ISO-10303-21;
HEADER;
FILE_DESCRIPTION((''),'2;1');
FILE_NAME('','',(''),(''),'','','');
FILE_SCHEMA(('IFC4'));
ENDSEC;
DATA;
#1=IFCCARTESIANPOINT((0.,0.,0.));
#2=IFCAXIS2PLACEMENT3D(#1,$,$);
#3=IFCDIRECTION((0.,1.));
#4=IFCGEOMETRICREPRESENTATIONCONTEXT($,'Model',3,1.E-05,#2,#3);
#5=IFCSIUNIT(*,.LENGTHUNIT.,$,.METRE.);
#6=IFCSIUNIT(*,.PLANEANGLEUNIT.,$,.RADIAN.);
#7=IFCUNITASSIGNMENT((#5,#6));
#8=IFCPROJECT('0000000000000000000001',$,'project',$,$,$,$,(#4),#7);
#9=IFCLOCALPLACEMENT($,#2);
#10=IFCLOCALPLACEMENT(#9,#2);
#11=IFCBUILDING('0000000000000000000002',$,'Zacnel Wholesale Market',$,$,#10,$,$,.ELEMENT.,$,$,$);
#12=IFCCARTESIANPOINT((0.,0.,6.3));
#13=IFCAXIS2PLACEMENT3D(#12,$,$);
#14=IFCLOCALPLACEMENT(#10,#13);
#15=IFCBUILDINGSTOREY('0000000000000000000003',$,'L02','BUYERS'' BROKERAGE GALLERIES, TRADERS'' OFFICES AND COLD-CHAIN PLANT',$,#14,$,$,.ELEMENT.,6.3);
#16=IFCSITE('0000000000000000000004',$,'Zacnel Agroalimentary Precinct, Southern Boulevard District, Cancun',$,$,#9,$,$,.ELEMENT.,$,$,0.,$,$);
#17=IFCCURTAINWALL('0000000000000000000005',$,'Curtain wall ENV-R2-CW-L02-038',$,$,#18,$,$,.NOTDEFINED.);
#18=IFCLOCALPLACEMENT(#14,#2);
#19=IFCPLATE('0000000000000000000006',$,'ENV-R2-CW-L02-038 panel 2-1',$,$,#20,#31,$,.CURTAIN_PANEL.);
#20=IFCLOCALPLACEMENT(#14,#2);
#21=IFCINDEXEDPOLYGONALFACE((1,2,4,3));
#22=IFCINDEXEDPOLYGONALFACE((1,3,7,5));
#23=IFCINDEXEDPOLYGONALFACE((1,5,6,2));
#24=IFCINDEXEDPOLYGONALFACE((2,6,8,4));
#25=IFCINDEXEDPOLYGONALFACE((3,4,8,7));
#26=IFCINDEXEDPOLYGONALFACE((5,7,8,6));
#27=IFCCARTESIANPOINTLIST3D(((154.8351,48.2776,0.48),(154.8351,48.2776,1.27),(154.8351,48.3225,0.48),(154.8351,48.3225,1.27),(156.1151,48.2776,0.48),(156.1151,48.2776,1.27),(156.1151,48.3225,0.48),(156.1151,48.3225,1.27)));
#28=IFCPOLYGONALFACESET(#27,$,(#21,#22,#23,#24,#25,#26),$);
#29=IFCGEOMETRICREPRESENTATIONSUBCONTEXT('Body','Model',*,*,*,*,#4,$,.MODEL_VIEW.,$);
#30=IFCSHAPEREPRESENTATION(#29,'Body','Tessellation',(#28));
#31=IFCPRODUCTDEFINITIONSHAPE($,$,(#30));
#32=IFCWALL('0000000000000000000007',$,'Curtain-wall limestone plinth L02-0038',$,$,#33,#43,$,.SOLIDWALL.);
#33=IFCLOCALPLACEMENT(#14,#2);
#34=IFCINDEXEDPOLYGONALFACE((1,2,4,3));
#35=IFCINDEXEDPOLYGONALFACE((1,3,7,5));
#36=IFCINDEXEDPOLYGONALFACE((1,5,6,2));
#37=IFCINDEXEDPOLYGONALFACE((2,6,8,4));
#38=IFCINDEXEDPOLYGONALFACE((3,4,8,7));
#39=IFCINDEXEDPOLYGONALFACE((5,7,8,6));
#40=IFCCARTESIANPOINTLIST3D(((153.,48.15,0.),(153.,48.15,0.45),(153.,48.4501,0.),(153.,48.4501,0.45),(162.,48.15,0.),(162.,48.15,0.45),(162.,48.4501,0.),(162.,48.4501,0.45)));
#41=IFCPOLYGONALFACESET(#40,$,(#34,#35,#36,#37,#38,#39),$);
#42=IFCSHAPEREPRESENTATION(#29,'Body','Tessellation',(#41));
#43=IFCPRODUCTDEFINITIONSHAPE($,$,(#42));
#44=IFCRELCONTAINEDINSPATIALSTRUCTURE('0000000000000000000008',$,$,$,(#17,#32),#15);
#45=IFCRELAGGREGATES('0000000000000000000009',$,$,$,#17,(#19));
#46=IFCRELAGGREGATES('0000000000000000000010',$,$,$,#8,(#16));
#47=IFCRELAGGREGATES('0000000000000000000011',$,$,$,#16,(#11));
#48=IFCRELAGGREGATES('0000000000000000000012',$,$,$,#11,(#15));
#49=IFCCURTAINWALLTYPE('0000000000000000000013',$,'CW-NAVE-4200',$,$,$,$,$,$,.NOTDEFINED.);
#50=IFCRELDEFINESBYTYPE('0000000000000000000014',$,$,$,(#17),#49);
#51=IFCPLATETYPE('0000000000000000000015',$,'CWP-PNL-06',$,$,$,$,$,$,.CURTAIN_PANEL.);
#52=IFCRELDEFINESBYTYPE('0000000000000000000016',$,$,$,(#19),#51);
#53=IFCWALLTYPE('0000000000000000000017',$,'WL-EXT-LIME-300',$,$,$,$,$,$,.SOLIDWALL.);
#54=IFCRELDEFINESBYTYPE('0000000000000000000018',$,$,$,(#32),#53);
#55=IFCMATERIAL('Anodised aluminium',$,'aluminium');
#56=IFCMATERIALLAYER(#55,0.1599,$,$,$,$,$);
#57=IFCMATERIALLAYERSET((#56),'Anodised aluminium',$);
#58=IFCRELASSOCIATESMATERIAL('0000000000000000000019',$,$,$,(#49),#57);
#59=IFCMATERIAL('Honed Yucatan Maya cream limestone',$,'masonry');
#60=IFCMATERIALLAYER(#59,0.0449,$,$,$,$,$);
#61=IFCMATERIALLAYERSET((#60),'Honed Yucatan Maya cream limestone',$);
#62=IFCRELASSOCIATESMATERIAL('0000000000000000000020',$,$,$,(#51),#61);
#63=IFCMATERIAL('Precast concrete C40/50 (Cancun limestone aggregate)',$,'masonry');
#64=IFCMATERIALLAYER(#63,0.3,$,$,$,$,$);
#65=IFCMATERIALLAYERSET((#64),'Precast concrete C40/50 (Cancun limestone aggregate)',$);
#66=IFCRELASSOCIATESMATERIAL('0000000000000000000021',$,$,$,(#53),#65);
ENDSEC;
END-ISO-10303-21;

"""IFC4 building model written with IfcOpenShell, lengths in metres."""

from ifc_helpers import new_model, si_unit, direction, frame, frame_2d, origin, origin_2d, place, context, subcontext, project, spatial, rectangle, extrude, material, layer, layer_set, type_object, element, aggregate, save


model = new_model("IFC4")

# Units and contexts
model_context = context("Model", 3, precision=1e-05, world=origin(), true_north=direction((0.0, 1.0)))
body_context = subcontext(model_context, "Body", "Model", "MODEL_VIEW")
ifc_project = project(units=[si_unit("LENGTHUNIT", "METRE"), si_unit("PLANEANGLEUNIT", "RADIAN")], contexts=[model_context])

# Site, building, storey
site_placement = place(None, origin())
site = spatial("IfcSite", under=ifc_project, at=site_placement, Name="Zacnel Agroalimentary Precinct, Southern Boulevard District, Cancun", CompositionType="ELEMENT", RefElevation=0.0)
building_placement = place(site_placement, origin())
building = spatial("IfcBuilding", under=site, at=building_placement, Name="Zacnel Wholesale Market", CompositionType="ELEMENT")
storey_placement = place(building_placement, frame((0.0, 0.0, 6.3)))
storey = spatial("IfcBuildingStorey", under=building, at=storey_placement, Name="L02", Description="BUYERS' BROKERAGE GALLERIES, TRADERS' OFFICES AND COLD-CHAIN PLANT", CompositionType="ELEMENT", Elevation=6.3)

# Curtain wall
ifc_material_1 = material(Name="Anodised aluminium", Category="aluminium")
ifc_layer_1 = layer(ifc_material_1, 0.1599)
ifc_layer_set_1 = layer_set([ifc_layer_1], Name="Anodised aluminium")
curtain_wall_type = type_object("IfcCurtainWallType", Name="CW-NAVE-4200", PredefinedType="NOTDEFINED", material=ifc_layer_set_1)
curtain_wall_1_placement = place(storey_placement, origin())
curtain_wall_1 = element("IfcCurtainWall", 1, at=curtain_wall_1_placement, inside=storey, type_object=curtain_wall_type, Name="Curtain wall ENV-R2-CW-L02-038", PredefinedType="NOTDEFINED")

# Plate
ifc_material_2 = material(Name="Honed Yucatan Maya cream limestone", Category="masonry")
ifc_layer_2 = layer(ifc_material_2, 0.0449)
ifc_layer_set_2 = layer_set([ifc_layer_2], Name="Honed Yucatan Maya cream limestone")
plate_type_1 = type_object("IfcPlateType", Name="CWP-PNL-06", PredefinedType="CURTAIN_PANEL", material=ifc_layer_set_2)
plate_1_placement = place(storey_placement, frame((155.4751, 48.3, 0.48), z_axis=(0.0, 0.0, 1.0), x_axis=(1.0, 0.0, 0.0)))
plate_1 = element("IfcPlate", 2, at=plate_1_placement, type_object=plate_type_1, Name="ENV-R2-CW-L02-038 panel 2-1", PredefinedType="CURTAIN_PANEL", context=body_context, shape_type="SweptSolid", body=[
    extrude(rectangle(XDim=1.28, YDim=0.0449, at=origin_2d()), origin(), (0.0, 0.0, 1.0), 0.79),
])
aggregate(curtain_wall_1, [plate_1])

# Wall
ifc_material_3 = material(Name="Precast concrete C40/50 (Cancun limestone aggregate)", Category="masonry")
ifc_layer_3 = layer(ifc_material_3, 0.3)
ifc_layer_set_3 = layer_set([ifc_layer_3], Name="Precast concrete C40/50 (Cancun limestone aggregate)")
wall_type = type_object("IfcWallType", Name="WL-EXT-LIME-300", PredefinedType="SOLIDWALL", material=ifc_layer_set_3)
wall_placement = place(storey_placement, frame((153.0, 48.3, 0.0), z_axis=(0.0, 0.0, 1.0), x_axis=(1.0, 0.0, 0.0)))
element("IfcWall", 3, at=wall_placement, inside=storey, type_object=wall_type, Name="Curtain-wall limestone plinth L02-0038", PredefinedType="SOLIDWALL", context=body_context, shape_type="SweptSolid", body=[
    extrude(rectangle(XDim=9.0, YDim=0.3, at=frame_2d((4.5, 0.0))), origin(), (0.0, 0.0, 1.0), 0.45),
])

save(model, "model.ifc")
